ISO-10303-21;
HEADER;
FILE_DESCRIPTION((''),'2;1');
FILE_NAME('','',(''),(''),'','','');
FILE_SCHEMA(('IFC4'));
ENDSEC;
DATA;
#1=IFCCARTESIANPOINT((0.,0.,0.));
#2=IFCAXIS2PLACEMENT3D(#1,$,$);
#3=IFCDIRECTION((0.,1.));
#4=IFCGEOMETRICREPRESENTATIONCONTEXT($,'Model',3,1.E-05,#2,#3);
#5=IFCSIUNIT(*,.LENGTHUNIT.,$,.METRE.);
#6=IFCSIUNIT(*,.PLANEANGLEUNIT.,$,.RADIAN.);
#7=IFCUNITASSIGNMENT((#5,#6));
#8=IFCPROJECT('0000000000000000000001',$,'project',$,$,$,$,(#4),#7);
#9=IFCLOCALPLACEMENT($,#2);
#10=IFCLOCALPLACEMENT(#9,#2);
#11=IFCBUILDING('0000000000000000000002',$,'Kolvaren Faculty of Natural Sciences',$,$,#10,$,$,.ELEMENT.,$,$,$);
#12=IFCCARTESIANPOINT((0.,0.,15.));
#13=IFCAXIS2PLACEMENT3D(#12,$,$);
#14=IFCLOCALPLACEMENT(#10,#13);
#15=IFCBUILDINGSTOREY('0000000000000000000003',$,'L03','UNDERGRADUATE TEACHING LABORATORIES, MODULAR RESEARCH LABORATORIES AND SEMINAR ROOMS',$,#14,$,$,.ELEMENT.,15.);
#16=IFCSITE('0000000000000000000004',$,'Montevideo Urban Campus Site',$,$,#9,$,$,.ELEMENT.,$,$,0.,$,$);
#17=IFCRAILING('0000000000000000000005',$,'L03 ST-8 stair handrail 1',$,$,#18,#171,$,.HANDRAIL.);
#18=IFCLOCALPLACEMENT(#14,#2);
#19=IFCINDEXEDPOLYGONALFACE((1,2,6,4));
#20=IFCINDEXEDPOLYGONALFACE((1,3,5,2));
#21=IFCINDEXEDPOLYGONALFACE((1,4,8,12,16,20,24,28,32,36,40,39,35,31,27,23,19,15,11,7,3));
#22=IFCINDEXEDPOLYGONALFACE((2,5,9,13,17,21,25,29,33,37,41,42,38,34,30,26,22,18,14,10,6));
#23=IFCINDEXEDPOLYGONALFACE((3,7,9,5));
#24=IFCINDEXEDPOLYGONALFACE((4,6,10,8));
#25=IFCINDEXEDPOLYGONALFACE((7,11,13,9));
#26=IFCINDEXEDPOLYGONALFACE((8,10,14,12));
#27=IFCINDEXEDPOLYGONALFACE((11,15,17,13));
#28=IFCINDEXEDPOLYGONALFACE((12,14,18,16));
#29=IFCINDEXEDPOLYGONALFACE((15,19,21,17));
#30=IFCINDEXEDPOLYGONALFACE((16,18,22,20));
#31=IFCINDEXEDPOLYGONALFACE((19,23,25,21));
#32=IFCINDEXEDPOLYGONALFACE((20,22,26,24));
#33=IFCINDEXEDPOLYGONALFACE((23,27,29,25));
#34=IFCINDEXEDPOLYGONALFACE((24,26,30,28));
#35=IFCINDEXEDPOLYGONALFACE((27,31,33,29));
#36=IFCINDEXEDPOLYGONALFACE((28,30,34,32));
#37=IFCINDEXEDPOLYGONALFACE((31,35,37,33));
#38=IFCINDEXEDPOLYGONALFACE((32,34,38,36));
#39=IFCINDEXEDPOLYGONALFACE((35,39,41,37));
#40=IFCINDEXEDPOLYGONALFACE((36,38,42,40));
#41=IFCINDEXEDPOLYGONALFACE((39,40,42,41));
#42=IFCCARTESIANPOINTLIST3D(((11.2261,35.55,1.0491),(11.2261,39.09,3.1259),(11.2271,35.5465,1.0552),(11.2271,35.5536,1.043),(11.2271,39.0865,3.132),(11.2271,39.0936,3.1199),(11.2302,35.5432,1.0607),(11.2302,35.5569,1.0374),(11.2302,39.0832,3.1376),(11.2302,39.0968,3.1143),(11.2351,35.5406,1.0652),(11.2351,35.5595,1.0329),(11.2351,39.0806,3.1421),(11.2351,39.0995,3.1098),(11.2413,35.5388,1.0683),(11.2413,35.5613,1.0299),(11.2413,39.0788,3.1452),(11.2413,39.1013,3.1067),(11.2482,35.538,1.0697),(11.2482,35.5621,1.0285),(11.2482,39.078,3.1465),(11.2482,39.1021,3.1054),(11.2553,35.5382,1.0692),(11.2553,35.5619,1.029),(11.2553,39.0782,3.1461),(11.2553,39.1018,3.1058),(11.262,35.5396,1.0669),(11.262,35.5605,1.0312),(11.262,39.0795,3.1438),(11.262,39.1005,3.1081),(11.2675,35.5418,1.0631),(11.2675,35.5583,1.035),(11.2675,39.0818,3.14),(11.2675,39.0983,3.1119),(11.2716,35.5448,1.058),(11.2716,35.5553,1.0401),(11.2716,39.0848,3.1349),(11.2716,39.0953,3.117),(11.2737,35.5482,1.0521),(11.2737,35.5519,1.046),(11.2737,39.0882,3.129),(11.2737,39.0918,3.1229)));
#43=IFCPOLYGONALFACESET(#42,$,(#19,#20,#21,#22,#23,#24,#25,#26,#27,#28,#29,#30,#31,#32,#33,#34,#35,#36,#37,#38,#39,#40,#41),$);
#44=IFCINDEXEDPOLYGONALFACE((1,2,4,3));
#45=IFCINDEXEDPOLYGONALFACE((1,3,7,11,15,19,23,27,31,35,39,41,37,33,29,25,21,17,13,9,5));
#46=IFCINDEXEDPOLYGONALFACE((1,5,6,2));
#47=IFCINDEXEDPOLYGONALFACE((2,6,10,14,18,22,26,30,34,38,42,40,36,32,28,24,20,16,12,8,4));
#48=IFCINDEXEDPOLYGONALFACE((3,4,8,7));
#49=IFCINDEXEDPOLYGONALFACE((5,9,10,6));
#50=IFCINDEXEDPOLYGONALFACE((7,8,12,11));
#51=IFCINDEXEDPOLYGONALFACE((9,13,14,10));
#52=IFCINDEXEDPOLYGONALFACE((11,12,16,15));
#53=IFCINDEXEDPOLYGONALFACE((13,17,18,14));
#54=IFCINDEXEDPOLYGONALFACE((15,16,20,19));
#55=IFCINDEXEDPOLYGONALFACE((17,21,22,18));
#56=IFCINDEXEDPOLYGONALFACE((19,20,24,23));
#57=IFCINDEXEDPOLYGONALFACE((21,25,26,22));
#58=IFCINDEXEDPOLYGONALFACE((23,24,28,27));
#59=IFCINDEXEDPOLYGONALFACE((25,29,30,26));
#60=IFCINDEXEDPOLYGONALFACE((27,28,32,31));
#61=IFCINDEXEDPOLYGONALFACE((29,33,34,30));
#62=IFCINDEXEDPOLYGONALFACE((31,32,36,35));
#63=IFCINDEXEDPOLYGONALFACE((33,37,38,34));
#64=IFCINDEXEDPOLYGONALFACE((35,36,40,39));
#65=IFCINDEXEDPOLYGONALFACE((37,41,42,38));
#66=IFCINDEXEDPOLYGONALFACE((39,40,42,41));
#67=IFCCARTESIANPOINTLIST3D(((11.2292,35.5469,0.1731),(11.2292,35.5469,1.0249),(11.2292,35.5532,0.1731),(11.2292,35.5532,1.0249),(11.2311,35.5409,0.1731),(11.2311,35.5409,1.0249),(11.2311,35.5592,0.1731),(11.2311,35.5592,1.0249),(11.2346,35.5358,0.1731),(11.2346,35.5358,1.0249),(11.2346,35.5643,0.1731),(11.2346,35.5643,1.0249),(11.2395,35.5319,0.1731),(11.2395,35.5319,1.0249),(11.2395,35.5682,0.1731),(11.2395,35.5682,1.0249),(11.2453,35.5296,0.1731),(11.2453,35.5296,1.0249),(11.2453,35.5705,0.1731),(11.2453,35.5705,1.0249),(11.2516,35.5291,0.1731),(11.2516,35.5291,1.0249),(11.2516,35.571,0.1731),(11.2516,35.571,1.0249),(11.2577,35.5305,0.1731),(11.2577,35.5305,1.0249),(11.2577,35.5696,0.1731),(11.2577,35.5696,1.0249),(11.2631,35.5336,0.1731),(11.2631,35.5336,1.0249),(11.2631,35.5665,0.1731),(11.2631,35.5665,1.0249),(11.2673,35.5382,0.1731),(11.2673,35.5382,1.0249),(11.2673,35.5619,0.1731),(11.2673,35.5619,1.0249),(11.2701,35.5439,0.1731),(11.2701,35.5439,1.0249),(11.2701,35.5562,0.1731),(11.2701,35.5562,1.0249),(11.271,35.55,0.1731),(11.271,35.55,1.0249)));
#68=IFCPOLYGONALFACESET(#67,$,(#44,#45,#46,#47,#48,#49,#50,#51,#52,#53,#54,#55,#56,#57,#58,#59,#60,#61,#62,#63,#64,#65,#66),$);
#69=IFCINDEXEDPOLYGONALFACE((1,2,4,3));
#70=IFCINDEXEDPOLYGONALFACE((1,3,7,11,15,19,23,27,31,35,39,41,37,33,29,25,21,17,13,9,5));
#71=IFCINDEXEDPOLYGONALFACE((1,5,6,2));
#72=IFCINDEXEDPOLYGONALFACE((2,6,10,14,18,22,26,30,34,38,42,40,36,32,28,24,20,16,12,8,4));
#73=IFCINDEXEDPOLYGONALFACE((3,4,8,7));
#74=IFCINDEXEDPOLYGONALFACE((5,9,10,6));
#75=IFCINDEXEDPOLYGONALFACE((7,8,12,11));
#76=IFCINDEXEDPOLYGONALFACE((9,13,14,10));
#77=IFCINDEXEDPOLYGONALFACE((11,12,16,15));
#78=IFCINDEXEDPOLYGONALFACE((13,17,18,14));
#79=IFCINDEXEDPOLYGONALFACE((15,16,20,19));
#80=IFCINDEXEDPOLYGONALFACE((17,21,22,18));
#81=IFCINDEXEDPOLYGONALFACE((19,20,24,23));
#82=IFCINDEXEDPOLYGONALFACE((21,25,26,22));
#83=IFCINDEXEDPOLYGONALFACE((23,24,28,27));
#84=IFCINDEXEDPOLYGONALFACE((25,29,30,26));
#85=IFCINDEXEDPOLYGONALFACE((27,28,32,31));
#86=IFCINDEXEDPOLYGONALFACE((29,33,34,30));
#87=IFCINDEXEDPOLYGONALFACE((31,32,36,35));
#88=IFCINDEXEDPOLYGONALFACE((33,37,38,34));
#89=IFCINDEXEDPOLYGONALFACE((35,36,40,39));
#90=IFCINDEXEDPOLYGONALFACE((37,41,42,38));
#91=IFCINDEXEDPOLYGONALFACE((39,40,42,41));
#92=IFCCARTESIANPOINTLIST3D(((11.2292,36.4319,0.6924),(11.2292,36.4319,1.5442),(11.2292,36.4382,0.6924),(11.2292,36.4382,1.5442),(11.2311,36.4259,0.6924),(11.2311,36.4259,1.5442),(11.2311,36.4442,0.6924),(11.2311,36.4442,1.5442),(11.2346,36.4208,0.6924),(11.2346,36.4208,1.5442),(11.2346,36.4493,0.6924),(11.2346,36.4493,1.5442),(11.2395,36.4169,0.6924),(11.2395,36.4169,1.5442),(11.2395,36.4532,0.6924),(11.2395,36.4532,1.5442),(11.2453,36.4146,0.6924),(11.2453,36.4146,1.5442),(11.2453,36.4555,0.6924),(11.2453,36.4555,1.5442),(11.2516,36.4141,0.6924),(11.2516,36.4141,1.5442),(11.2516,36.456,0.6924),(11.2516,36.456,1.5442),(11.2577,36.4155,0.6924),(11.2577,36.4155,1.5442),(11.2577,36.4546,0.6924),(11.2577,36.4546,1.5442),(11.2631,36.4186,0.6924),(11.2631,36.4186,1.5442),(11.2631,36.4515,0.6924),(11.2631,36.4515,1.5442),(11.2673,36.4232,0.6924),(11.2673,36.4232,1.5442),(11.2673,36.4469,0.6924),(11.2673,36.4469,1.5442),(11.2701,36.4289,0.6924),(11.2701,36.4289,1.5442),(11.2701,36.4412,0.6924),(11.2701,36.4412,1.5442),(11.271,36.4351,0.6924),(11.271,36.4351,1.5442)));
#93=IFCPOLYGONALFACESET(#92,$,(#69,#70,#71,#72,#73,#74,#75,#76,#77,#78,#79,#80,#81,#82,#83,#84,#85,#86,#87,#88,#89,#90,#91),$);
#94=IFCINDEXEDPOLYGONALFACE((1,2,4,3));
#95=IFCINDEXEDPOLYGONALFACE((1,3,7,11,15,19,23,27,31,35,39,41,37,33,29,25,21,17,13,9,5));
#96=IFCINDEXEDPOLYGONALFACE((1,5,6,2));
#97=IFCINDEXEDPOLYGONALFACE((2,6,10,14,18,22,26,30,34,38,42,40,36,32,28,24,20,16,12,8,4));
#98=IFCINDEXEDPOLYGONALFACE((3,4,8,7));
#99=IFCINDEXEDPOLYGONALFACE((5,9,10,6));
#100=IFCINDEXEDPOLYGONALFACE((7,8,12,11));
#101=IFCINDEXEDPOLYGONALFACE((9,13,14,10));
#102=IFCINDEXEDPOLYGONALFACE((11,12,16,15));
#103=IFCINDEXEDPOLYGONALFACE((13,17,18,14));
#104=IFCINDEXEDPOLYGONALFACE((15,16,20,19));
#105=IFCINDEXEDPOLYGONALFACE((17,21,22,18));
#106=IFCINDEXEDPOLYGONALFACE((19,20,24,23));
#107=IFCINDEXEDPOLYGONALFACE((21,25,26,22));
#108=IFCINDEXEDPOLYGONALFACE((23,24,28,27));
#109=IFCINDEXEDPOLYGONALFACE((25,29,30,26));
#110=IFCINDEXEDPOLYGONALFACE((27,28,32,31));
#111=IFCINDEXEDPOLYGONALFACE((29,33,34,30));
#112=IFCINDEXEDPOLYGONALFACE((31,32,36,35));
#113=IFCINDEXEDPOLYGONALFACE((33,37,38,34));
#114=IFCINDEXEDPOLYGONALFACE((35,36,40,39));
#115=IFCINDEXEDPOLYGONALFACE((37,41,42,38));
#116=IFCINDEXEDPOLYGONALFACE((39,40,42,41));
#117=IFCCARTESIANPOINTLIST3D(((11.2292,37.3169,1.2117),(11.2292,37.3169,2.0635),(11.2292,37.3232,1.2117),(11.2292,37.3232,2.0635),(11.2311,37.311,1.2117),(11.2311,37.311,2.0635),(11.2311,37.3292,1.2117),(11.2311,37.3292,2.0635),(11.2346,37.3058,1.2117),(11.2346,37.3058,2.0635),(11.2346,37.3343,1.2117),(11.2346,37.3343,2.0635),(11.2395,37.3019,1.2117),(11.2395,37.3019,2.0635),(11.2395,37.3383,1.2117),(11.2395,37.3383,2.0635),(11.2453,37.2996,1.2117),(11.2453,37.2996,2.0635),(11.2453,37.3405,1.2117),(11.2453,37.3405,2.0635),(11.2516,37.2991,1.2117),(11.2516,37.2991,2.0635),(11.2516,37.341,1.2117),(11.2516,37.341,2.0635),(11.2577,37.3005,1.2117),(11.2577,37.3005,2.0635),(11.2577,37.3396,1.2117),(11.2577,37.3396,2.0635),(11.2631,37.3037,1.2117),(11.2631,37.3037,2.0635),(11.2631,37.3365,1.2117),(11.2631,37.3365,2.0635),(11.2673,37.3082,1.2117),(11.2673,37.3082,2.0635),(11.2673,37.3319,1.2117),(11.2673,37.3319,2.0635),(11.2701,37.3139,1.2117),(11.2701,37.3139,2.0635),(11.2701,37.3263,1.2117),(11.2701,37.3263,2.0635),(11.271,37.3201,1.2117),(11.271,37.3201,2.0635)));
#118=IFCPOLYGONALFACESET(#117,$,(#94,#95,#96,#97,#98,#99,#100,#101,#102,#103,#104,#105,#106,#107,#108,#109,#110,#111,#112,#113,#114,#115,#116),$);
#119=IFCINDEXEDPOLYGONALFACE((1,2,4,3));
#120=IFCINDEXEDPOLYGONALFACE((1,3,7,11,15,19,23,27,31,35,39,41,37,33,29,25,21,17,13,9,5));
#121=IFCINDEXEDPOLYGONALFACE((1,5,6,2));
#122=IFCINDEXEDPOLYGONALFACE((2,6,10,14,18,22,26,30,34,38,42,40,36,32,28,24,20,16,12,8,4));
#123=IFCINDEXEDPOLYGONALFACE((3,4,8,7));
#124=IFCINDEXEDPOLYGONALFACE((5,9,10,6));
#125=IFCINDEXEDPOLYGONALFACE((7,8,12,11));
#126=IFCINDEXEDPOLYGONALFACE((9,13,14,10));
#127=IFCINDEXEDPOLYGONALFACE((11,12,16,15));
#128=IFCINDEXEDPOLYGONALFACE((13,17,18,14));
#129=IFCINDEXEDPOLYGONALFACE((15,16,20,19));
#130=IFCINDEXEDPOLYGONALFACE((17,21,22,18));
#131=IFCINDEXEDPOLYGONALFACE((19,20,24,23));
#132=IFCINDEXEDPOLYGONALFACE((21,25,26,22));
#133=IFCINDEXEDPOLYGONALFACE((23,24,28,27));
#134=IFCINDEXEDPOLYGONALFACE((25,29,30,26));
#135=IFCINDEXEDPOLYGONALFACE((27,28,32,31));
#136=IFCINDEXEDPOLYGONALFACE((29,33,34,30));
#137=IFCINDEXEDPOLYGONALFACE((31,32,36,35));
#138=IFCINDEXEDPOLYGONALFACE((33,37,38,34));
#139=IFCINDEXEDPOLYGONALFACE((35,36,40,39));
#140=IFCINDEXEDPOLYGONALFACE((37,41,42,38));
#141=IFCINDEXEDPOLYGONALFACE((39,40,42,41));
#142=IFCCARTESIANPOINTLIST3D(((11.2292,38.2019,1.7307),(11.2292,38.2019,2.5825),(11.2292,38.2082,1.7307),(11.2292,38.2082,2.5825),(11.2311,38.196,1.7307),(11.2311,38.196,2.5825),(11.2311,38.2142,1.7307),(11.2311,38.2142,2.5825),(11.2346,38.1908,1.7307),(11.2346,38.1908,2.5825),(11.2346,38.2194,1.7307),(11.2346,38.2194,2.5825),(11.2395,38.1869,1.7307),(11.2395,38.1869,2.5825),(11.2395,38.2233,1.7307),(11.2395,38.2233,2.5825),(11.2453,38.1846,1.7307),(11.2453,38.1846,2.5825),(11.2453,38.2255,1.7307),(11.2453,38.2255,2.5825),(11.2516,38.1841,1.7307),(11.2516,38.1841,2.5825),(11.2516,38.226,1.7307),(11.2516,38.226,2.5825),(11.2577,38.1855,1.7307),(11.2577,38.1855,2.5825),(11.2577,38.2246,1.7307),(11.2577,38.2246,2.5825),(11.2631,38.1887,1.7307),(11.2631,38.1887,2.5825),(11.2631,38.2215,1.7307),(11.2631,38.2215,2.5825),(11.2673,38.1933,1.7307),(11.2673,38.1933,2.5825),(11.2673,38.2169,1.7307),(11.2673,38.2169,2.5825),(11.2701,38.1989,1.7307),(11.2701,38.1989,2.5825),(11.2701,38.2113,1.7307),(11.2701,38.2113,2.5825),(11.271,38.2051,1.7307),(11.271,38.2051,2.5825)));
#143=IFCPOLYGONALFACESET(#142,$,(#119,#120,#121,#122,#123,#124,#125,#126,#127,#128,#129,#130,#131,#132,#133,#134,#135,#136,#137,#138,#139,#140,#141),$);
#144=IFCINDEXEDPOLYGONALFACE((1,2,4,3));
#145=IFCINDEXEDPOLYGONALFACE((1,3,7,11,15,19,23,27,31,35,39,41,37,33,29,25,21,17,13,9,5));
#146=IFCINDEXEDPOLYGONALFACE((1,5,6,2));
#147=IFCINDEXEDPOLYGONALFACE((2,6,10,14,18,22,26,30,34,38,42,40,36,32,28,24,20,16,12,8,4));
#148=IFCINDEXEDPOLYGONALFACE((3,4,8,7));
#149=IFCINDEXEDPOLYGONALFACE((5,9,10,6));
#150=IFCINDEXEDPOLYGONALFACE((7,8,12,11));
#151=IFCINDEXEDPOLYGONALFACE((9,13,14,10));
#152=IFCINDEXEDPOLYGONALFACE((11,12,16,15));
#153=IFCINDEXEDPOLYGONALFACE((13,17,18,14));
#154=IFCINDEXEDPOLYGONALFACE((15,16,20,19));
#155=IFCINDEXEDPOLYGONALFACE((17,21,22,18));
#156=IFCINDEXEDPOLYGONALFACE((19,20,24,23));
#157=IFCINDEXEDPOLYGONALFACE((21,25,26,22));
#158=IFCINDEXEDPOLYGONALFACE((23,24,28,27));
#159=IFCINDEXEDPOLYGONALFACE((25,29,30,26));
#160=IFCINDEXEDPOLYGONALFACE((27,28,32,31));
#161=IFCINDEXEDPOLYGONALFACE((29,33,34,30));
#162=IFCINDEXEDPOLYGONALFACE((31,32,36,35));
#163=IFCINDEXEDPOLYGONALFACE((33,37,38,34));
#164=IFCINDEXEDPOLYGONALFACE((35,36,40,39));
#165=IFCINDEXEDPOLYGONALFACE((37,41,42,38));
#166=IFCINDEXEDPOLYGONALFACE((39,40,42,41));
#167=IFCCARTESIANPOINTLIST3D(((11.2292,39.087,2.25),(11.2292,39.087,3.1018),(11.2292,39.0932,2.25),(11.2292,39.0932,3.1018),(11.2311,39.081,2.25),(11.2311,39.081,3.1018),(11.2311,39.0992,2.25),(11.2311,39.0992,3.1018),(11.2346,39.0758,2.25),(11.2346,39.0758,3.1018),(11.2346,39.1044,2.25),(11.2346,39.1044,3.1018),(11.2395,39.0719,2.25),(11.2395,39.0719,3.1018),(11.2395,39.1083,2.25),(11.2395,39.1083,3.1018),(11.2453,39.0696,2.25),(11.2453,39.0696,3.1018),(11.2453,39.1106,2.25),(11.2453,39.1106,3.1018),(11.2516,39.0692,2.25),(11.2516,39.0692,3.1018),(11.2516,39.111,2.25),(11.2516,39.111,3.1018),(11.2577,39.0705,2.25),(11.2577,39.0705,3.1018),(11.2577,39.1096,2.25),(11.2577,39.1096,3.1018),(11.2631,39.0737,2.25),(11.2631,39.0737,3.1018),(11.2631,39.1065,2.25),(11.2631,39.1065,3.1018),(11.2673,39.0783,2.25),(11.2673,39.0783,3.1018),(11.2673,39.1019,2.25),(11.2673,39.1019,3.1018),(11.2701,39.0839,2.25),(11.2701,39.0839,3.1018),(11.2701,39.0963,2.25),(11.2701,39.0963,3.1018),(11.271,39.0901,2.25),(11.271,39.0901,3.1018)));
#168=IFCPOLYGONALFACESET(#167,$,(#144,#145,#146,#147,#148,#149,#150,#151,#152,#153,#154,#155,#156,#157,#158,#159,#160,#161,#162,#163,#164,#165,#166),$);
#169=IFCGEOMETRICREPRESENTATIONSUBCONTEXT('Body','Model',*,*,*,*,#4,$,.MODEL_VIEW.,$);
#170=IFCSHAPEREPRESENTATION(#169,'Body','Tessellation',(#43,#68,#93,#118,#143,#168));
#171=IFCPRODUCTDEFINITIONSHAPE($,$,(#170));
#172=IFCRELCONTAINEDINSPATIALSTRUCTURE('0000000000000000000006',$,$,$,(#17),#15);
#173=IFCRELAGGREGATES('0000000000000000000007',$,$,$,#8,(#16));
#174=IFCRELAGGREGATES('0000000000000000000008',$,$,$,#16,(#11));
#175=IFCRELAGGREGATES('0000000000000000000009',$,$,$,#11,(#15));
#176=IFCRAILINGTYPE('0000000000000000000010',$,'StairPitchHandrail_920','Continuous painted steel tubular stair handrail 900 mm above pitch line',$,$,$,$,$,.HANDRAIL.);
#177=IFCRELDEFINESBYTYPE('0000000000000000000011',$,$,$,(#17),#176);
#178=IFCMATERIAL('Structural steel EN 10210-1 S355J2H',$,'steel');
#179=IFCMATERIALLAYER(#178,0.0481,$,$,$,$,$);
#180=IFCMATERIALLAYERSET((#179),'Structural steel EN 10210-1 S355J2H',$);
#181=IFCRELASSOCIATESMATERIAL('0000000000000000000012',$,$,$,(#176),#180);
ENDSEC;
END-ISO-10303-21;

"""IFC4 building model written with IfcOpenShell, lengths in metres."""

from ifc_helpers import new_model, si_unit, direction, frame, origin, origin_2d, place, context, subcontext, project, spatial, circle, extrude, material, layer, layer_set, type_object, element, save


model = new_model("IFC4")

# Units and contexts
model_context = context("Model", 3, precision=1e-05, world=origin(), true_north=direction((0.0, 1.0)))
body_context = subcontext(model_context, "Body", "Model", "MODEL_VIEW")
ifc_project = project(units=[si_unit("LENGTHUNIT", "METRE"), si_unit("PLANEANGLEUNIT", "RADIAN")], contexts=[model_context])

# Site, building, storey
site_placement = place(None, origin())
site = spatial("IfcSite", under=ifc_project, at=site_placement, Name="Montevideo Urban Campus Site", CompositionType="ELEMENT", RefElevation=0.0)
building_placement = place(site_placement, origin())
building = spatial("IfcBuilding", under=site, at=building_placement, Name="Kolvaren Faculty of Natural Sciences", CompositionType="ELEMENT")
storey_placement = place(building_placement, frame((0.0, 0.0, 15.0)))
storey = spatial("IfcBuildingStorey", under=building, at=storey_placement, Name="L03", Description="UNDERGRADUATE TEACHING LABORATORIES, MODULAR RESEARCH LABORATORIES AND SEMINAR ROOMS", CompositionType="ELEMENT", Elevation=15.0)

# Railing
ifc_material_1 = material(Name="Structural steel EN 10210-1 S355J2H", Category="steel")
ifc_layer_1 = layer(ifc_material_1, 0.0481)
ifc_layer_set_1 = layer_set([ifc_layer_1], Name="Structural steel EN 10210-1 S355J2H")
railing_type_1 = type_object("IfcRailingType", Name="StairPitchHandrail_920", Description="Continuous painted steel tubular stair handrail 900 mm above pitch line", PredefinedType="HANDRAIL", material=ifc_layer_set_1)
railing_1_placement = place(storey_placement, frame((11.25, 35.55, 0.1731)))
element("IfcRailing", 1, at=railing_1_placement, inside=storey, type_object=railing_type_1, Name="L03 ST-8 stair handrail 1", PredefinedType="HANDRAIL", context=body_context, shape_type="SweptSolid", body=[
    extrude(circle(Radius=0.0239, at=origin_2d()), frame((0.0, 0.0, 0.876), z_axis=(0.0, 0.862516, 0.506029), x_axis=(-1.0, 0.0, 0.0)), (0.0, 0.0, 1.0), 4.1042),
    extrude(circle(Radius=0.021, at=origin_2d()), origin(), (0.0, 0.0, 1.0), 0.8518),
    extrude(circle(Radius=0.021, at=origin_2d()), frame((0.0, 0.885, 0.5193)), (0.0, 0.0, 1.0), 0.8518),
    extrude(circle(Radius=0.021, at=origin_2d()), frame((0.0, 1.77, 1.0386)), (0.0, 0.0, 1.0), 0.8518),
    extrude(circle(Radius=0.021, at=origin_2d()), frame((0.0, 2.655, 1.5576)), (0.0, 0.0, 1.0), 0.8518),
    extrude(circle(Radius=0.021, at=origin_2d()), frame((0.0, 3.54, 2.0769)), (0.0, 0.0, 1.0), 0.8518),
])

save(model, "model.ifc")
